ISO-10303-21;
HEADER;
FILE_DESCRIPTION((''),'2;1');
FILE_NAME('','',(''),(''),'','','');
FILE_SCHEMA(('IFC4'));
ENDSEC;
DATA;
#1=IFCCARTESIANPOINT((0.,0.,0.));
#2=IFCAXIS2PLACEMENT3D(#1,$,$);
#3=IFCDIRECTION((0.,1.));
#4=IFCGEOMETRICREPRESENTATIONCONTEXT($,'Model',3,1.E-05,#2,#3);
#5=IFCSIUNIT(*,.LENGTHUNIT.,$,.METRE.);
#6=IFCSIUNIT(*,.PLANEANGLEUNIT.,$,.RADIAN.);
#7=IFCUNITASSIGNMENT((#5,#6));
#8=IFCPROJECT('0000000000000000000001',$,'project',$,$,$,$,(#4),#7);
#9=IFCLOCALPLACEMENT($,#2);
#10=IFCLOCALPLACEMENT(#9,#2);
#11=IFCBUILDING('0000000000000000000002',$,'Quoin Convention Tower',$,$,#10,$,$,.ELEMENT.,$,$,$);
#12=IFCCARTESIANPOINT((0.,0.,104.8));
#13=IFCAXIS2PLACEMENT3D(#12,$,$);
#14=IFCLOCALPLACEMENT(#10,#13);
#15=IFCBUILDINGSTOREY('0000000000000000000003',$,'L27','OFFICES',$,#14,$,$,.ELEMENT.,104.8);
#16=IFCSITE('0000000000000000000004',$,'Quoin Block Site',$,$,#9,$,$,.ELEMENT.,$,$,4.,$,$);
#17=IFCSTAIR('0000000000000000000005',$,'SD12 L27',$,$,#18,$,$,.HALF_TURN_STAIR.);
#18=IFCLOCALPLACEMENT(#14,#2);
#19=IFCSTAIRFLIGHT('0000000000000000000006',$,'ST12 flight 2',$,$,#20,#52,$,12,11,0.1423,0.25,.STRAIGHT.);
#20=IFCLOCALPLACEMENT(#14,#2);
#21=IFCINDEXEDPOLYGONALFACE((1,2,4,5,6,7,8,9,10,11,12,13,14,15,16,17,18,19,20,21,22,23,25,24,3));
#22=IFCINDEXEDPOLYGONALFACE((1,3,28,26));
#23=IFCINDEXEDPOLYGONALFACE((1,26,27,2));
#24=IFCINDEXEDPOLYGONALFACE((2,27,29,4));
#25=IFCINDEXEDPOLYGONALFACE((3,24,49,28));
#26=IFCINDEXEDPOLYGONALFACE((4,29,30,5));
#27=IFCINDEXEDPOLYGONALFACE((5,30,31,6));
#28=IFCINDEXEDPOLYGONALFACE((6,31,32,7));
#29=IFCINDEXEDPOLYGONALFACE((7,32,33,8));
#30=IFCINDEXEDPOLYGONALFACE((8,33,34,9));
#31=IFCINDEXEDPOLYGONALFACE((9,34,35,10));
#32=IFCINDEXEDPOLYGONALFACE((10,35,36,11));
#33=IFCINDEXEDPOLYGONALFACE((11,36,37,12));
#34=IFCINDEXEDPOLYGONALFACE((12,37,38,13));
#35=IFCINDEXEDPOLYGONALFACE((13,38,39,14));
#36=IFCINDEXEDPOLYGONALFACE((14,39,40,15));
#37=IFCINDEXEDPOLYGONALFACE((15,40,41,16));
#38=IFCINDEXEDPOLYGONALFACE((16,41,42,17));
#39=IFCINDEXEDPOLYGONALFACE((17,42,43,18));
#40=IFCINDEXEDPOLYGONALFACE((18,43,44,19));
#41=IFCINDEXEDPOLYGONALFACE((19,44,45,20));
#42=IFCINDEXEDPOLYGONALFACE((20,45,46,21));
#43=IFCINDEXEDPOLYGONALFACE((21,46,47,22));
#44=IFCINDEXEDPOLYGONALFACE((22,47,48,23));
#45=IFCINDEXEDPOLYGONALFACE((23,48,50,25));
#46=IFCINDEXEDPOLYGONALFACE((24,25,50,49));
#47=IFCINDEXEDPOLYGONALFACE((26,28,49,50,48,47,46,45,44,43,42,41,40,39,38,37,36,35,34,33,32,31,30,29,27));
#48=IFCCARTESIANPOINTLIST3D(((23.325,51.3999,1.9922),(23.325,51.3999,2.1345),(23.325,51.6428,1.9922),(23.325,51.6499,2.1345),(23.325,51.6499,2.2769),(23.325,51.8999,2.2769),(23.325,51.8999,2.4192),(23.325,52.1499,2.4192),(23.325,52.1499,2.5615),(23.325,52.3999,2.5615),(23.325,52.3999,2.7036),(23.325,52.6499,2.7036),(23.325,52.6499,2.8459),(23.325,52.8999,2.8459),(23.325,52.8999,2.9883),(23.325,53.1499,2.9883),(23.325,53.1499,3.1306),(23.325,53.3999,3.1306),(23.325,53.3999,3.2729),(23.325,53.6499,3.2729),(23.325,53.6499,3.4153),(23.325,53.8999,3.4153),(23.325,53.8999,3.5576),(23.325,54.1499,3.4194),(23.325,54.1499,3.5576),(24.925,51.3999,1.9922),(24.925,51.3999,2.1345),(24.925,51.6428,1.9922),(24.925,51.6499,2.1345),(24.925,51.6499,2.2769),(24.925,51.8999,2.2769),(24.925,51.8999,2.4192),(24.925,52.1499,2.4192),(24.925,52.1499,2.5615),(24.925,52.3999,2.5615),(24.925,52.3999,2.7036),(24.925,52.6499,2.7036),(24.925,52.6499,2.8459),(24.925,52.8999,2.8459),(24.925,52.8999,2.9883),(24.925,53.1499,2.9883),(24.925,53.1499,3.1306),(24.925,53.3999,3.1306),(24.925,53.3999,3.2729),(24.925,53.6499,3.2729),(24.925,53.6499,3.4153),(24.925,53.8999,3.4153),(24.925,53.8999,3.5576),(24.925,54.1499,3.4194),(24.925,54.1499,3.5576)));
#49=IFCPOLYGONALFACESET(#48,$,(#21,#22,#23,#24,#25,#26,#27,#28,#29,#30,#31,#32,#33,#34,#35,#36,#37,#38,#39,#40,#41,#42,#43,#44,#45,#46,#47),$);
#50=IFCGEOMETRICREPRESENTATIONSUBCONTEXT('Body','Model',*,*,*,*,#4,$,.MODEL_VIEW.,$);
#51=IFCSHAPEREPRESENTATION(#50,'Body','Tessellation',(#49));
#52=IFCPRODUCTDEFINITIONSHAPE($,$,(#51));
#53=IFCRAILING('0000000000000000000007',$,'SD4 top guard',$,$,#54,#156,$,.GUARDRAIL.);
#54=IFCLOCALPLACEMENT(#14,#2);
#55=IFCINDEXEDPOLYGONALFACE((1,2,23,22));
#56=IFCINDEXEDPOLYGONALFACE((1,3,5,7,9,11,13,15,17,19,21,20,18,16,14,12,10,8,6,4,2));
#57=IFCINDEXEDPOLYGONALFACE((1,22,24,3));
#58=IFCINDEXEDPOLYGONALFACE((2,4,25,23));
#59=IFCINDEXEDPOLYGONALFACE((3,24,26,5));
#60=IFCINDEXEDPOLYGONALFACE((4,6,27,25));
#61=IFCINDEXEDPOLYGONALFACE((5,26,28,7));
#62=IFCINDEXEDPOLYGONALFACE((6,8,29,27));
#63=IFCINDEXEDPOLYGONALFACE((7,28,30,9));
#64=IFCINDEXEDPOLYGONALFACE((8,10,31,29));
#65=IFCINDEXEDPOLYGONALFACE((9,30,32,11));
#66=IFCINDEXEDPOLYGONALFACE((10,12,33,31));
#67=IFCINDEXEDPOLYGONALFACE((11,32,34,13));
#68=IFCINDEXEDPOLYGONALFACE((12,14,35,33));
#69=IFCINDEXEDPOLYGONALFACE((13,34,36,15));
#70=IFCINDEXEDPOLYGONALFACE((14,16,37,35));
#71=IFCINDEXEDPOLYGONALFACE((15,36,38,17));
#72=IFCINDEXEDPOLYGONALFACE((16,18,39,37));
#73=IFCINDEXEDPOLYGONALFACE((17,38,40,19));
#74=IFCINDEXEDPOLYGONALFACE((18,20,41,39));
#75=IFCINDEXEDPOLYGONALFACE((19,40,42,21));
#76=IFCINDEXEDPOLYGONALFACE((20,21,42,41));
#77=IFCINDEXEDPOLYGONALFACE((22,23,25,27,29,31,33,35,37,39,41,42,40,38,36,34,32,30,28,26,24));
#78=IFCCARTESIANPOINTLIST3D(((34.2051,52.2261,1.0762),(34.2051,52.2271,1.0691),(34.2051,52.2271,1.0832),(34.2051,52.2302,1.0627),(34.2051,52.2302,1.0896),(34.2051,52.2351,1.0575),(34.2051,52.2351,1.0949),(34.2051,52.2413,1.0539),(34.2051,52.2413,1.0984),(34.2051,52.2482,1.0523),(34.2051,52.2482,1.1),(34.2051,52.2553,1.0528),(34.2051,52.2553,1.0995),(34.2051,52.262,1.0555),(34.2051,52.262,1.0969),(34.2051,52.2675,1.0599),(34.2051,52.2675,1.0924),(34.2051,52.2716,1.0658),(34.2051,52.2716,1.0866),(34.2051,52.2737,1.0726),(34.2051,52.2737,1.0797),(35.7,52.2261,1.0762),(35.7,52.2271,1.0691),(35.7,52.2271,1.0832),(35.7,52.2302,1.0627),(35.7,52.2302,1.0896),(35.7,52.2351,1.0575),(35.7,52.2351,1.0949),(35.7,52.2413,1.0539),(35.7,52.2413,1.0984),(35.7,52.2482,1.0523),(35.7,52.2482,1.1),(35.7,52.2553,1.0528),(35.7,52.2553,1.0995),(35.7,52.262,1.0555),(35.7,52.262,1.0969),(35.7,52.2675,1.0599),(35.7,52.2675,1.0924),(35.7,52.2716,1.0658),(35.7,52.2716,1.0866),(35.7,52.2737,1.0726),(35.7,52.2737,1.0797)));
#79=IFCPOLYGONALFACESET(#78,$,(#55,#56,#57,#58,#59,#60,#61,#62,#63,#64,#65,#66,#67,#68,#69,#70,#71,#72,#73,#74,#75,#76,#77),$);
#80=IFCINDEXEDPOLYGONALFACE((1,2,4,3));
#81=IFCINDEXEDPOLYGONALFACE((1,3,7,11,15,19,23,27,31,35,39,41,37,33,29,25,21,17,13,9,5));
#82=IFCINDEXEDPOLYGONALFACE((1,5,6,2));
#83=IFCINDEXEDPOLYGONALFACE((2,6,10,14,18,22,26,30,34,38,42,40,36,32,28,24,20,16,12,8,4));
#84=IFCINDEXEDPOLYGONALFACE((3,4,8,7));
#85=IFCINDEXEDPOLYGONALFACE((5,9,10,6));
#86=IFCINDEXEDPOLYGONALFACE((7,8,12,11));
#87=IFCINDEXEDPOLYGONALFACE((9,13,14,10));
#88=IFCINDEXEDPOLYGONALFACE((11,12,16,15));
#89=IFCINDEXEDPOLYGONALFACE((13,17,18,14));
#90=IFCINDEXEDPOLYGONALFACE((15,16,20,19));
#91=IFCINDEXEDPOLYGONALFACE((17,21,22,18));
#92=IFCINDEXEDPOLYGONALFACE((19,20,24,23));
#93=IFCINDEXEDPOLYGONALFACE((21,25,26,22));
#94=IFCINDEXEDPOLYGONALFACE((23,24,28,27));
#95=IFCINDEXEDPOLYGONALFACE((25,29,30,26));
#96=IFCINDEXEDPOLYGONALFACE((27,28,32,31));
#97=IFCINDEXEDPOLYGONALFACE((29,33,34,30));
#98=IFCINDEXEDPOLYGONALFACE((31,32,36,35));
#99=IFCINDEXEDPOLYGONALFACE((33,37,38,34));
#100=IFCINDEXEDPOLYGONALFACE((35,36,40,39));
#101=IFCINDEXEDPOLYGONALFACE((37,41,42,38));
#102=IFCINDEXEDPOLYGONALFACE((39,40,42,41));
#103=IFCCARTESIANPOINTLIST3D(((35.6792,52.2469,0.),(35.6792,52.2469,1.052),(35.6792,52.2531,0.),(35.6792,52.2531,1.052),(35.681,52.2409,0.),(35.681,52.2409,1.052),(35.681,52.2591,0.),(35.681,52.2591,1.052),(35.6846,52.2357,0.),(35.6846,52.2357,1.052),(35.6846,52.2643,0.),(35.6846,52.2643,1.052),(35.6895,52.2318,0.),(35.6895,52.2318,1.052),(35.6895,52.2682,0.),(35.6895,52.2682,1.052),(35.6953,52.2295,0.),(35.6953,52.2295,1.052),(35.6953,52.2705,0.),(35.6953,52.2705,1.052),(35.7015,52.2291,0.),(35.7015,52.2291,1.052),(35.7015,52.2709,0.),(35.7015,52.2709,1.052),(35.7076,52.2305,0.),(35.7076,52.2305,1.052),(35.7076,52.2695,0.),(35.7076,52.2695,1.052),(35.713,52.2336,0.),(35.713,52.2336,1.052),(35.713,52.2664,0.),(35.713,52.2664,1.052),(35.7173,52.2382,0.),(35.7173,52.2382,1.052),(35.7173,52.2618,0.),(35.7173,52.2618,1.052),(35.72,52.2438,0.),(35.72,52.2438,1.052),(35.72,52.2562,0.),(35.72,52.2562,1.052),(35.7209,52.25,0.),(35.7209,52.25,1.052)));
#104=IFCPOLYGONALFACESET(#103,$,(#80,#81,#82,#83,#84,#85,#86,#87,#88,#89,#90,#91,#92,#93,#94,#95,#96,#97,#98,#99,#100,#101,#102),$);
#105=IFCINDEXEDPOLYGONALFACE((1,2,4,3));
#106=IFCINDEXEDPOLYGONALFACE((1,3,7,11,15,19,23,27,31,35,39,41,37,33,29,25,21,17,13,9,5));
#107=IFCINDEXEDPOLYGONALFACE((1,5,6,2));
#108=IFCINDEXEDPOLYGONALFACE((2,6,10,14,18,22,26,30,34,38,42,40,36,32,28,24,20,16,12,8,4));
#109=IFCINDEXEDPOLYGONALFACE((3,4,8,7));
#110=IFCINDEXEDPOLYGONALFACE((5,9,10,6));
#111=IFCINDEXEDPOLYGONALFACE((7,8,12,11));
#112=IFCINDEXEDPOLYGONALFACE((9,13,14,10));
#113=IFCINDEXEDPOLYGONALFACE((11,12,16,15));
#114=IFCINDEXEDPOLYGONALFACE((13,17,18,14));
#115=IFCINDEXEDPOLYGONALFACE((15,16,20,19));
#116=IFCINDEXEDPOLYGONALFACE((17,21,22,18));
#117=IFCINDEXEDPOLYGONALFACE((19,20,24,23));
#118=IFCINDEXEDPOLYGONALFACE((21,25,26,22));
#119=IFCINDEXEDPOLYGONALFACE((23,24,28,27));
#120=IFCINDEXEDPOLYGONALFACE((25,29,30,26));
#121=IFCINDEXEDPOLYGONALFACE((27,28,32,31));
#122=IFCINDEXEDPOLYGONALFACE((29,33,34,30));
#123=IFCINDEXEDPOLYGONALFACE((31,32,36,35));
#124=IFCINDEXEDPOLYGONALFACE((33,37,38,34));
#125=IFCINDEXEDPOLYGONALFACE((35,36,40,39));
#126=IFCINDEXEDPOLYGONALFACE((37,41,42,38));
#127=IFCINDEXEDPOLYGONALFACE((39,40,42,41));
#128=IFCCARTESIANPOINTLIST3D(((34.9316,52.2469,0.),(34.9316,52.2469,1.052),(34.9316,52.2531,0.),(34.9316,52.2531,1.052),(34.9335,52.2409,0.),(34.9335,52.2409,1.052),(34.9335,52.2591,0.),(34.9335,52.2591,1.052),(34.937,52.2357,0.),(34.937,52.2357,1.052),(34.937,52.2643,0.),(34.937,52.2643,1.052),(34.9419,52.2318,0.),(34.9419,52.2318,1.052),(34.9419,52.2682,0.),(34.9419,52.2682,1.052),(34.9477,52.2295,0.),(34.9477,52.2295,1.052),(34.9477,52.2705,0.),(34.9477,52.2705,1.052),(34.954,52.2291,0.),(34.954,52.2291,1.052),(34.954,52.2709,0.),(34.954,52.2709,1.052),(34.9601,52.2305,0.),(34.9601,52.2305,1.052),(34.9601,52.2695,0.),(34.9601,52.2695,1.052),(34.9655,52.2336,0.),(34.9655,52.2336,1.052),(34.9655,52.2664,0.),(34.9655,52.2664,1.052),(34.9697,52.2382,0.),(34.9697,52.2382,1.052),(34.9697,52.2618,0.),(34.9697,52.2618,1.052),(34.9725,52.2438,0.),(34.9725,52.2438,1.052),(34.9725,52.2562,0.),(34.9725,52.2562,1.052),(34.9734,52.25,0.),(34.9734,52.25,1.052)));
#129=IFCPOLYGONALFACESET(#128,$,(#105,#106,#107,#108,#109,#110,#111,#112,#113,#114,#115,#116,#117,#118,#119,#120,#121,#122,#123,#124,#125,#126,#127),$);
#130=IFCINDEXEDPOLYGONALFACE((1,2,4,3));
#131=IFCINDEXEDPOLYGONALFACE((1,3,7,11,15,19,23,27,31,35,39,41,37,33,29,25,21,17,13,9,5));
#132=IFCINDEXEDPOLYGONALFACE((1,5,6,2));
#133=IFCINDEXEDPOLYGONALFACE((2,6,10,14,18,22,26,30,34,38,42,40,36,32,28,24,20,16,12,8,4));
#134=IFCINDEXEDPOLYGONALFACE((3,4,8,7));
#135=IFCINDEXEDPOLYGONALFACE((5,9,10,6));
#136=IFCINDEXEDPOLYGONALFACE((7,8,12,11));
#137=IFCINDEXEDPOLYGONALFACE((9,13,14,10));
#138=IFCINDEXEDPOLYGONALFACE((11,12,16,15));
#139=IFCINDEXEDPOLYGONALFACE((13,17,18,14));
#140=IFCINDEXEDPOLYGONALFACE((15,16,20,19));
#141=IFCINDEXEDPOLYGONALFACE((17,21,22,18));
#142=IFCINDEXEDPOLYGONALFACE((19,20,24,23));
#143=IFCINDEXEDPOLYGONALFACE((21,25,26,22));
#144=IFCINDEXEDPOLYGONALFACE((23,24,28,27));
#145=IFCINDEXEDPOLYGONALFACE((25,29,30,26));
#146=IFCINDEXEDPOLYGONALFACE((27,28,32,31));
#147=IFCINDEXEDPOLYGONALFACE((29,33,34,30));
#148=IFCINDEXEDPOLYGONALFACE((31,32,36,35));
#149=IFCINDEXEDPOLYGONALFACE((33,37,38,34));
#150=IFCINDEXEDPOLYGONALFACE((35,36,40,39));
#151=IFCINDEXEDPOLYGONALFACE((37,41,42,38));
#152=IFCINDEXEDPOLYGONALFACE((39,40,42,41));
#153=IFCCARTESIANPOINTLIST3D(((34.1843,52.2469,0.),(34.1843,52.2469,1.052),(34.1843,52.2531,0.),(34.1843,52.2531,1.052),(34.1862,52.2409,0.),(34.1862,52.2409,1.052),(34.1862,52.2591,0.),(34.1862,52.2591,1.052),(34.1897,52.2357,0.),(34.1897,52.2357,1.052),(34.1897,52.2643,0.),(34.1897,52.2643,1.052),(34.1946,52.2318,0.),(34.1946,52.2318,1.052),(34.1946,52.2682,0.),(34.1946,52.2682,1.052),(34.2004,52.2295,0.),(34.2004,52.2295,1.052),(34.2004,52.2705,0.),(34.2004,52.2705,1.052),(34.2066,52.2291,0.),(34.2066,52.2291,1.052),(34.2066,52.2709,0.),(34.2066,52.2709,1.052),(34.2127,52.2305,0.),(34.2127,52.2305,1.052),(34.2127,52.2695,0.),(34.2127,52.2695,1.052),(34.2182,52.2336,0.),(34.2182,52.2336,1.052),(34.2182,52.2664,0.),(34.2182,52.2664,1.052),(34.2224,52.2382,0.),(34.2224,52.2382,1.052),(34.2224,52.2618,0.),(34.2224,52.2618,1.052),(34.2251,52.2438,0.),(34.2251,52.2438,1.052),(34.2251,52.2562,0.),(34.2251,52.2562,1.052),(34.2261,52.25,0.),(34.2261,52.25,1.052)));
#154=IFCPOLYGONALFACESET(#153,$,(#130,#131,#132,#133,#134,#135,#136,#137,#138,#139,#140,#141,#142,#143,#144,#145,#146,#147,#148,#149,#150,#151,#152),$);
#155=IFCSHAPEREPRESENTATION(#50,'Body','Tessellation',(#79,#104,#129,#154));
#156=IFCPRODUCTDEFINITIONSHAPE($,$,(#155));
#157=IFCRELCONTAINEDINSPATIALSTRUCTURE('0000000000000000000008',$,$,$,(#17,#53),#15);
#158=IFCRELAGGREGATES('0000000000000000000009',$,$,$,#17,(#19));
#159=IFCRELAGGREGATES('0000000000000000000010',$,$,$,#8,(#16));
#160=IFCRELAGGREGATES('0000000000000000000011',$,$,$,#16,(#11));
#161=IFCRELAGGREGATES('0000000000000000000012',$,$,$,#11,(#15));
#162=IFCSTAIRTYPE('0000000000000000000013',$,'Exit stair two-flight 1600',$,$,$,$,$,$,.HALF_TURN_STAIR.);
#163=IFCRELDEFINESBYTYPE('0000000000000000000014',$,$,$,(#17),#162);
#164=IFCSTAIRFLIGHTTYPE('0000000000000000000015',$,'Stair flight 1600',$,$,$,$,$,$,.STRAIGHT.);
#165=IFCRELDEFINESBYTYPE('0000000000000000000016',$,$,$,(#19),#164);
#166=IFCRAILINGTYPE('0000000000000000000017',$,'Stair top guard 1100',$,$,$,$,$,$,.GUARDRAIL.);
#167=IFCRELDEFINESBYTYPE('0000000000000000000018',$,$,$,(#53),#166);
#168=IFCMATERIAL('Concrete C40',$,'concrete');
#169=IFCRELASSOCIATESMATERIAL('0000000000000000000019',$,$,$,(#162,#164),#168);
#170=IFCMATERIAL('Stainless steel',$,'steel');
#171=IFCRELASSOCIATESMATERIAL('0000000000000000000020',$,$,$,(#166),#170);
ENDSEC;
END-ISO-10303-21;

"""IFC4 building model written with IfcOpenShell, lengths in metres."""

from ifc_helpers import new_model, si_unit, direction, frame, origin, origin_2d, place, context, subcontext, project, spatial, polyline, circle, outline, extrude, material, type_object, element, aggregate, save


model = new_model("IFC4")

# Units and contexts
model_context = context("Model", 3, precision=1e-05, world=origin(), true_north=direction((0.0, 1.0)))
body_context = subcontext(model_context, "Body", "Model", "MODEL_VIEW")
ifc_project = project(units=[si_unit("LENGTHUNIT", "METRE"), si_unit("PLANEANGLEUNIT", "RADIAN")], contexts=[model_context])

# Site, building, storey
site_placement = place(None, origin())
site = spatial("IfcSite", under=ifc_project, at=site_placement, Name="Quoin Block Site", CompositionType="ELEMENT", RefElevation=4.0)
building_placement = place(site_placement, origin())
building = spatial("IfcBuilding", under=site, at=building_placement, Name="Quoin Convention Tower", CompositionType="ELEMENT")
storey_placement = place(building_placement, frame((0.0, 0.0, 104.8)))
storey = spatial("IfcBuildingStorey", under=building, at=storey_placement, Name="L27", Description="OFFICES", CompositionType="ELEMENT", Elevation=104.8)

# Shared definitions
ifc_material_1 = material(Name="Concrete C40", Category="concrete")

# Stair, stair flight
stair_type_1 = type_object("IfcStairType", Name="Exit stair two-flight 1600", PredefinedType="HALF_TURN_STAIR", material=ifc_material_1)
stair_flight_type_1 = type_object("IfcStairFlightType", Name="Stair flight 1600", PredefinedType="STRAIGHT", material=ifc_material_1)
stair_1_placement = place(storey_placement, origin())
stair_1 = element("IfcStair", 1, at=stair_1_placement, inside=storey, type_object=stair_type_1, Name="SD12 L27", PredefinedType="HALF_TURN_STAIR")
stair_flight_1_placement = place(storey_placement, frame((24.125, 51.3999, 1.9922), z_axis=(0.0, 0.0, 1.0), x_axis=(0.0, 1.0, 0.0)))
stair_flight_1 = element("IfcStairFlight", 2, at=stair_flight_1_placement, type_object=stair_flight_type_1, Name="ST12 flight 2", NumberOfRisers=12, NumberOfTreads=11, PredefinedType="STRAIGHT", RiserHeight=0.1423, TreadLength=0.25, context=body_context, shape_type="SweptSolid", body=[
    extrude(outline(polyline([(0.0, 0.0), (0.0, 0.1423), (0.25, 0.1423), (0.25, 0.2847), (0.5, 0.2847), (0.5, 0.427), (0.75, 0.427), (0.75, 0.5693), (1.0, 0.5693), (1.0, 0.7114), (1.25, 0.7114), (1.25, 0.8538), (1.5, 0.8538), (1.5, 0.9961), (1.75, 0.9961), (1.75, 1.1384), (2.0, 1.1384), (2.0, 1.2808), (2.25, 1.2808), (2.25, 1.4231), (2.5, 1.4231), (2.5, 1.5654), (2.75, 1.5654), (2.75, 1.7078), (2.75, 1.4272), (0.2429, 0.0), (0.0, 0.0)])), frame((0.0, 0.8, 0.0), z_axis=(0.0, -1.0, 0.0), x_axis=(1.0, 0.0, 0.0)), (0.0, 0.0, 1.0), 1.6001),
])
aggregate(stair_1, [stair_flight_1])

# Railing
ifc_material_2 = material(Name="Stainless steel", Category="steel")
railing_type_1 = type_object("IfcRailingType", Name="Stair top guard 1100", PredefinedType="GUARDRAIL", material=ifc_material_2)
railing_1_placement = place(storey_placement, frame((35.7, 52.25, 0.0)))
element("IfcRailing", 3, at=railing_1_placement, inside=storey, type_object=railing_type_1, Name="SD4 top guard", PredefinedType="GUARDRAIL", context=body_context, shape_type="SweptSolid", body=[
    extrude(circle(Radius=0.0239, at=origin_2d()), frame((0.0, 0.0, 1.0762), z_axis=(-1.0, 0.0, 0.0), x_axis=(0.0, -1.0, 0.0)), (0.0, 0.0, 1.0), 1.4949),
    extrude(circle(Radius=0.021, at=origin_2d()), origin(), (0.0, 0.0, 1.0), 1.052),
    extrude(circle(Radius=0.021, at=origin_2d()), frame((-0.7476, 0.0, 0.0)), (0.0, 0.0, 1.0), 1.052),
    extrude(circle(Radius=0.021, at=origin_2d()), frame((-1.4949, 0.0, 0.0)), (0.0, 0.0, 1.0), 1.052),
])

save(model, "model.ifc")
